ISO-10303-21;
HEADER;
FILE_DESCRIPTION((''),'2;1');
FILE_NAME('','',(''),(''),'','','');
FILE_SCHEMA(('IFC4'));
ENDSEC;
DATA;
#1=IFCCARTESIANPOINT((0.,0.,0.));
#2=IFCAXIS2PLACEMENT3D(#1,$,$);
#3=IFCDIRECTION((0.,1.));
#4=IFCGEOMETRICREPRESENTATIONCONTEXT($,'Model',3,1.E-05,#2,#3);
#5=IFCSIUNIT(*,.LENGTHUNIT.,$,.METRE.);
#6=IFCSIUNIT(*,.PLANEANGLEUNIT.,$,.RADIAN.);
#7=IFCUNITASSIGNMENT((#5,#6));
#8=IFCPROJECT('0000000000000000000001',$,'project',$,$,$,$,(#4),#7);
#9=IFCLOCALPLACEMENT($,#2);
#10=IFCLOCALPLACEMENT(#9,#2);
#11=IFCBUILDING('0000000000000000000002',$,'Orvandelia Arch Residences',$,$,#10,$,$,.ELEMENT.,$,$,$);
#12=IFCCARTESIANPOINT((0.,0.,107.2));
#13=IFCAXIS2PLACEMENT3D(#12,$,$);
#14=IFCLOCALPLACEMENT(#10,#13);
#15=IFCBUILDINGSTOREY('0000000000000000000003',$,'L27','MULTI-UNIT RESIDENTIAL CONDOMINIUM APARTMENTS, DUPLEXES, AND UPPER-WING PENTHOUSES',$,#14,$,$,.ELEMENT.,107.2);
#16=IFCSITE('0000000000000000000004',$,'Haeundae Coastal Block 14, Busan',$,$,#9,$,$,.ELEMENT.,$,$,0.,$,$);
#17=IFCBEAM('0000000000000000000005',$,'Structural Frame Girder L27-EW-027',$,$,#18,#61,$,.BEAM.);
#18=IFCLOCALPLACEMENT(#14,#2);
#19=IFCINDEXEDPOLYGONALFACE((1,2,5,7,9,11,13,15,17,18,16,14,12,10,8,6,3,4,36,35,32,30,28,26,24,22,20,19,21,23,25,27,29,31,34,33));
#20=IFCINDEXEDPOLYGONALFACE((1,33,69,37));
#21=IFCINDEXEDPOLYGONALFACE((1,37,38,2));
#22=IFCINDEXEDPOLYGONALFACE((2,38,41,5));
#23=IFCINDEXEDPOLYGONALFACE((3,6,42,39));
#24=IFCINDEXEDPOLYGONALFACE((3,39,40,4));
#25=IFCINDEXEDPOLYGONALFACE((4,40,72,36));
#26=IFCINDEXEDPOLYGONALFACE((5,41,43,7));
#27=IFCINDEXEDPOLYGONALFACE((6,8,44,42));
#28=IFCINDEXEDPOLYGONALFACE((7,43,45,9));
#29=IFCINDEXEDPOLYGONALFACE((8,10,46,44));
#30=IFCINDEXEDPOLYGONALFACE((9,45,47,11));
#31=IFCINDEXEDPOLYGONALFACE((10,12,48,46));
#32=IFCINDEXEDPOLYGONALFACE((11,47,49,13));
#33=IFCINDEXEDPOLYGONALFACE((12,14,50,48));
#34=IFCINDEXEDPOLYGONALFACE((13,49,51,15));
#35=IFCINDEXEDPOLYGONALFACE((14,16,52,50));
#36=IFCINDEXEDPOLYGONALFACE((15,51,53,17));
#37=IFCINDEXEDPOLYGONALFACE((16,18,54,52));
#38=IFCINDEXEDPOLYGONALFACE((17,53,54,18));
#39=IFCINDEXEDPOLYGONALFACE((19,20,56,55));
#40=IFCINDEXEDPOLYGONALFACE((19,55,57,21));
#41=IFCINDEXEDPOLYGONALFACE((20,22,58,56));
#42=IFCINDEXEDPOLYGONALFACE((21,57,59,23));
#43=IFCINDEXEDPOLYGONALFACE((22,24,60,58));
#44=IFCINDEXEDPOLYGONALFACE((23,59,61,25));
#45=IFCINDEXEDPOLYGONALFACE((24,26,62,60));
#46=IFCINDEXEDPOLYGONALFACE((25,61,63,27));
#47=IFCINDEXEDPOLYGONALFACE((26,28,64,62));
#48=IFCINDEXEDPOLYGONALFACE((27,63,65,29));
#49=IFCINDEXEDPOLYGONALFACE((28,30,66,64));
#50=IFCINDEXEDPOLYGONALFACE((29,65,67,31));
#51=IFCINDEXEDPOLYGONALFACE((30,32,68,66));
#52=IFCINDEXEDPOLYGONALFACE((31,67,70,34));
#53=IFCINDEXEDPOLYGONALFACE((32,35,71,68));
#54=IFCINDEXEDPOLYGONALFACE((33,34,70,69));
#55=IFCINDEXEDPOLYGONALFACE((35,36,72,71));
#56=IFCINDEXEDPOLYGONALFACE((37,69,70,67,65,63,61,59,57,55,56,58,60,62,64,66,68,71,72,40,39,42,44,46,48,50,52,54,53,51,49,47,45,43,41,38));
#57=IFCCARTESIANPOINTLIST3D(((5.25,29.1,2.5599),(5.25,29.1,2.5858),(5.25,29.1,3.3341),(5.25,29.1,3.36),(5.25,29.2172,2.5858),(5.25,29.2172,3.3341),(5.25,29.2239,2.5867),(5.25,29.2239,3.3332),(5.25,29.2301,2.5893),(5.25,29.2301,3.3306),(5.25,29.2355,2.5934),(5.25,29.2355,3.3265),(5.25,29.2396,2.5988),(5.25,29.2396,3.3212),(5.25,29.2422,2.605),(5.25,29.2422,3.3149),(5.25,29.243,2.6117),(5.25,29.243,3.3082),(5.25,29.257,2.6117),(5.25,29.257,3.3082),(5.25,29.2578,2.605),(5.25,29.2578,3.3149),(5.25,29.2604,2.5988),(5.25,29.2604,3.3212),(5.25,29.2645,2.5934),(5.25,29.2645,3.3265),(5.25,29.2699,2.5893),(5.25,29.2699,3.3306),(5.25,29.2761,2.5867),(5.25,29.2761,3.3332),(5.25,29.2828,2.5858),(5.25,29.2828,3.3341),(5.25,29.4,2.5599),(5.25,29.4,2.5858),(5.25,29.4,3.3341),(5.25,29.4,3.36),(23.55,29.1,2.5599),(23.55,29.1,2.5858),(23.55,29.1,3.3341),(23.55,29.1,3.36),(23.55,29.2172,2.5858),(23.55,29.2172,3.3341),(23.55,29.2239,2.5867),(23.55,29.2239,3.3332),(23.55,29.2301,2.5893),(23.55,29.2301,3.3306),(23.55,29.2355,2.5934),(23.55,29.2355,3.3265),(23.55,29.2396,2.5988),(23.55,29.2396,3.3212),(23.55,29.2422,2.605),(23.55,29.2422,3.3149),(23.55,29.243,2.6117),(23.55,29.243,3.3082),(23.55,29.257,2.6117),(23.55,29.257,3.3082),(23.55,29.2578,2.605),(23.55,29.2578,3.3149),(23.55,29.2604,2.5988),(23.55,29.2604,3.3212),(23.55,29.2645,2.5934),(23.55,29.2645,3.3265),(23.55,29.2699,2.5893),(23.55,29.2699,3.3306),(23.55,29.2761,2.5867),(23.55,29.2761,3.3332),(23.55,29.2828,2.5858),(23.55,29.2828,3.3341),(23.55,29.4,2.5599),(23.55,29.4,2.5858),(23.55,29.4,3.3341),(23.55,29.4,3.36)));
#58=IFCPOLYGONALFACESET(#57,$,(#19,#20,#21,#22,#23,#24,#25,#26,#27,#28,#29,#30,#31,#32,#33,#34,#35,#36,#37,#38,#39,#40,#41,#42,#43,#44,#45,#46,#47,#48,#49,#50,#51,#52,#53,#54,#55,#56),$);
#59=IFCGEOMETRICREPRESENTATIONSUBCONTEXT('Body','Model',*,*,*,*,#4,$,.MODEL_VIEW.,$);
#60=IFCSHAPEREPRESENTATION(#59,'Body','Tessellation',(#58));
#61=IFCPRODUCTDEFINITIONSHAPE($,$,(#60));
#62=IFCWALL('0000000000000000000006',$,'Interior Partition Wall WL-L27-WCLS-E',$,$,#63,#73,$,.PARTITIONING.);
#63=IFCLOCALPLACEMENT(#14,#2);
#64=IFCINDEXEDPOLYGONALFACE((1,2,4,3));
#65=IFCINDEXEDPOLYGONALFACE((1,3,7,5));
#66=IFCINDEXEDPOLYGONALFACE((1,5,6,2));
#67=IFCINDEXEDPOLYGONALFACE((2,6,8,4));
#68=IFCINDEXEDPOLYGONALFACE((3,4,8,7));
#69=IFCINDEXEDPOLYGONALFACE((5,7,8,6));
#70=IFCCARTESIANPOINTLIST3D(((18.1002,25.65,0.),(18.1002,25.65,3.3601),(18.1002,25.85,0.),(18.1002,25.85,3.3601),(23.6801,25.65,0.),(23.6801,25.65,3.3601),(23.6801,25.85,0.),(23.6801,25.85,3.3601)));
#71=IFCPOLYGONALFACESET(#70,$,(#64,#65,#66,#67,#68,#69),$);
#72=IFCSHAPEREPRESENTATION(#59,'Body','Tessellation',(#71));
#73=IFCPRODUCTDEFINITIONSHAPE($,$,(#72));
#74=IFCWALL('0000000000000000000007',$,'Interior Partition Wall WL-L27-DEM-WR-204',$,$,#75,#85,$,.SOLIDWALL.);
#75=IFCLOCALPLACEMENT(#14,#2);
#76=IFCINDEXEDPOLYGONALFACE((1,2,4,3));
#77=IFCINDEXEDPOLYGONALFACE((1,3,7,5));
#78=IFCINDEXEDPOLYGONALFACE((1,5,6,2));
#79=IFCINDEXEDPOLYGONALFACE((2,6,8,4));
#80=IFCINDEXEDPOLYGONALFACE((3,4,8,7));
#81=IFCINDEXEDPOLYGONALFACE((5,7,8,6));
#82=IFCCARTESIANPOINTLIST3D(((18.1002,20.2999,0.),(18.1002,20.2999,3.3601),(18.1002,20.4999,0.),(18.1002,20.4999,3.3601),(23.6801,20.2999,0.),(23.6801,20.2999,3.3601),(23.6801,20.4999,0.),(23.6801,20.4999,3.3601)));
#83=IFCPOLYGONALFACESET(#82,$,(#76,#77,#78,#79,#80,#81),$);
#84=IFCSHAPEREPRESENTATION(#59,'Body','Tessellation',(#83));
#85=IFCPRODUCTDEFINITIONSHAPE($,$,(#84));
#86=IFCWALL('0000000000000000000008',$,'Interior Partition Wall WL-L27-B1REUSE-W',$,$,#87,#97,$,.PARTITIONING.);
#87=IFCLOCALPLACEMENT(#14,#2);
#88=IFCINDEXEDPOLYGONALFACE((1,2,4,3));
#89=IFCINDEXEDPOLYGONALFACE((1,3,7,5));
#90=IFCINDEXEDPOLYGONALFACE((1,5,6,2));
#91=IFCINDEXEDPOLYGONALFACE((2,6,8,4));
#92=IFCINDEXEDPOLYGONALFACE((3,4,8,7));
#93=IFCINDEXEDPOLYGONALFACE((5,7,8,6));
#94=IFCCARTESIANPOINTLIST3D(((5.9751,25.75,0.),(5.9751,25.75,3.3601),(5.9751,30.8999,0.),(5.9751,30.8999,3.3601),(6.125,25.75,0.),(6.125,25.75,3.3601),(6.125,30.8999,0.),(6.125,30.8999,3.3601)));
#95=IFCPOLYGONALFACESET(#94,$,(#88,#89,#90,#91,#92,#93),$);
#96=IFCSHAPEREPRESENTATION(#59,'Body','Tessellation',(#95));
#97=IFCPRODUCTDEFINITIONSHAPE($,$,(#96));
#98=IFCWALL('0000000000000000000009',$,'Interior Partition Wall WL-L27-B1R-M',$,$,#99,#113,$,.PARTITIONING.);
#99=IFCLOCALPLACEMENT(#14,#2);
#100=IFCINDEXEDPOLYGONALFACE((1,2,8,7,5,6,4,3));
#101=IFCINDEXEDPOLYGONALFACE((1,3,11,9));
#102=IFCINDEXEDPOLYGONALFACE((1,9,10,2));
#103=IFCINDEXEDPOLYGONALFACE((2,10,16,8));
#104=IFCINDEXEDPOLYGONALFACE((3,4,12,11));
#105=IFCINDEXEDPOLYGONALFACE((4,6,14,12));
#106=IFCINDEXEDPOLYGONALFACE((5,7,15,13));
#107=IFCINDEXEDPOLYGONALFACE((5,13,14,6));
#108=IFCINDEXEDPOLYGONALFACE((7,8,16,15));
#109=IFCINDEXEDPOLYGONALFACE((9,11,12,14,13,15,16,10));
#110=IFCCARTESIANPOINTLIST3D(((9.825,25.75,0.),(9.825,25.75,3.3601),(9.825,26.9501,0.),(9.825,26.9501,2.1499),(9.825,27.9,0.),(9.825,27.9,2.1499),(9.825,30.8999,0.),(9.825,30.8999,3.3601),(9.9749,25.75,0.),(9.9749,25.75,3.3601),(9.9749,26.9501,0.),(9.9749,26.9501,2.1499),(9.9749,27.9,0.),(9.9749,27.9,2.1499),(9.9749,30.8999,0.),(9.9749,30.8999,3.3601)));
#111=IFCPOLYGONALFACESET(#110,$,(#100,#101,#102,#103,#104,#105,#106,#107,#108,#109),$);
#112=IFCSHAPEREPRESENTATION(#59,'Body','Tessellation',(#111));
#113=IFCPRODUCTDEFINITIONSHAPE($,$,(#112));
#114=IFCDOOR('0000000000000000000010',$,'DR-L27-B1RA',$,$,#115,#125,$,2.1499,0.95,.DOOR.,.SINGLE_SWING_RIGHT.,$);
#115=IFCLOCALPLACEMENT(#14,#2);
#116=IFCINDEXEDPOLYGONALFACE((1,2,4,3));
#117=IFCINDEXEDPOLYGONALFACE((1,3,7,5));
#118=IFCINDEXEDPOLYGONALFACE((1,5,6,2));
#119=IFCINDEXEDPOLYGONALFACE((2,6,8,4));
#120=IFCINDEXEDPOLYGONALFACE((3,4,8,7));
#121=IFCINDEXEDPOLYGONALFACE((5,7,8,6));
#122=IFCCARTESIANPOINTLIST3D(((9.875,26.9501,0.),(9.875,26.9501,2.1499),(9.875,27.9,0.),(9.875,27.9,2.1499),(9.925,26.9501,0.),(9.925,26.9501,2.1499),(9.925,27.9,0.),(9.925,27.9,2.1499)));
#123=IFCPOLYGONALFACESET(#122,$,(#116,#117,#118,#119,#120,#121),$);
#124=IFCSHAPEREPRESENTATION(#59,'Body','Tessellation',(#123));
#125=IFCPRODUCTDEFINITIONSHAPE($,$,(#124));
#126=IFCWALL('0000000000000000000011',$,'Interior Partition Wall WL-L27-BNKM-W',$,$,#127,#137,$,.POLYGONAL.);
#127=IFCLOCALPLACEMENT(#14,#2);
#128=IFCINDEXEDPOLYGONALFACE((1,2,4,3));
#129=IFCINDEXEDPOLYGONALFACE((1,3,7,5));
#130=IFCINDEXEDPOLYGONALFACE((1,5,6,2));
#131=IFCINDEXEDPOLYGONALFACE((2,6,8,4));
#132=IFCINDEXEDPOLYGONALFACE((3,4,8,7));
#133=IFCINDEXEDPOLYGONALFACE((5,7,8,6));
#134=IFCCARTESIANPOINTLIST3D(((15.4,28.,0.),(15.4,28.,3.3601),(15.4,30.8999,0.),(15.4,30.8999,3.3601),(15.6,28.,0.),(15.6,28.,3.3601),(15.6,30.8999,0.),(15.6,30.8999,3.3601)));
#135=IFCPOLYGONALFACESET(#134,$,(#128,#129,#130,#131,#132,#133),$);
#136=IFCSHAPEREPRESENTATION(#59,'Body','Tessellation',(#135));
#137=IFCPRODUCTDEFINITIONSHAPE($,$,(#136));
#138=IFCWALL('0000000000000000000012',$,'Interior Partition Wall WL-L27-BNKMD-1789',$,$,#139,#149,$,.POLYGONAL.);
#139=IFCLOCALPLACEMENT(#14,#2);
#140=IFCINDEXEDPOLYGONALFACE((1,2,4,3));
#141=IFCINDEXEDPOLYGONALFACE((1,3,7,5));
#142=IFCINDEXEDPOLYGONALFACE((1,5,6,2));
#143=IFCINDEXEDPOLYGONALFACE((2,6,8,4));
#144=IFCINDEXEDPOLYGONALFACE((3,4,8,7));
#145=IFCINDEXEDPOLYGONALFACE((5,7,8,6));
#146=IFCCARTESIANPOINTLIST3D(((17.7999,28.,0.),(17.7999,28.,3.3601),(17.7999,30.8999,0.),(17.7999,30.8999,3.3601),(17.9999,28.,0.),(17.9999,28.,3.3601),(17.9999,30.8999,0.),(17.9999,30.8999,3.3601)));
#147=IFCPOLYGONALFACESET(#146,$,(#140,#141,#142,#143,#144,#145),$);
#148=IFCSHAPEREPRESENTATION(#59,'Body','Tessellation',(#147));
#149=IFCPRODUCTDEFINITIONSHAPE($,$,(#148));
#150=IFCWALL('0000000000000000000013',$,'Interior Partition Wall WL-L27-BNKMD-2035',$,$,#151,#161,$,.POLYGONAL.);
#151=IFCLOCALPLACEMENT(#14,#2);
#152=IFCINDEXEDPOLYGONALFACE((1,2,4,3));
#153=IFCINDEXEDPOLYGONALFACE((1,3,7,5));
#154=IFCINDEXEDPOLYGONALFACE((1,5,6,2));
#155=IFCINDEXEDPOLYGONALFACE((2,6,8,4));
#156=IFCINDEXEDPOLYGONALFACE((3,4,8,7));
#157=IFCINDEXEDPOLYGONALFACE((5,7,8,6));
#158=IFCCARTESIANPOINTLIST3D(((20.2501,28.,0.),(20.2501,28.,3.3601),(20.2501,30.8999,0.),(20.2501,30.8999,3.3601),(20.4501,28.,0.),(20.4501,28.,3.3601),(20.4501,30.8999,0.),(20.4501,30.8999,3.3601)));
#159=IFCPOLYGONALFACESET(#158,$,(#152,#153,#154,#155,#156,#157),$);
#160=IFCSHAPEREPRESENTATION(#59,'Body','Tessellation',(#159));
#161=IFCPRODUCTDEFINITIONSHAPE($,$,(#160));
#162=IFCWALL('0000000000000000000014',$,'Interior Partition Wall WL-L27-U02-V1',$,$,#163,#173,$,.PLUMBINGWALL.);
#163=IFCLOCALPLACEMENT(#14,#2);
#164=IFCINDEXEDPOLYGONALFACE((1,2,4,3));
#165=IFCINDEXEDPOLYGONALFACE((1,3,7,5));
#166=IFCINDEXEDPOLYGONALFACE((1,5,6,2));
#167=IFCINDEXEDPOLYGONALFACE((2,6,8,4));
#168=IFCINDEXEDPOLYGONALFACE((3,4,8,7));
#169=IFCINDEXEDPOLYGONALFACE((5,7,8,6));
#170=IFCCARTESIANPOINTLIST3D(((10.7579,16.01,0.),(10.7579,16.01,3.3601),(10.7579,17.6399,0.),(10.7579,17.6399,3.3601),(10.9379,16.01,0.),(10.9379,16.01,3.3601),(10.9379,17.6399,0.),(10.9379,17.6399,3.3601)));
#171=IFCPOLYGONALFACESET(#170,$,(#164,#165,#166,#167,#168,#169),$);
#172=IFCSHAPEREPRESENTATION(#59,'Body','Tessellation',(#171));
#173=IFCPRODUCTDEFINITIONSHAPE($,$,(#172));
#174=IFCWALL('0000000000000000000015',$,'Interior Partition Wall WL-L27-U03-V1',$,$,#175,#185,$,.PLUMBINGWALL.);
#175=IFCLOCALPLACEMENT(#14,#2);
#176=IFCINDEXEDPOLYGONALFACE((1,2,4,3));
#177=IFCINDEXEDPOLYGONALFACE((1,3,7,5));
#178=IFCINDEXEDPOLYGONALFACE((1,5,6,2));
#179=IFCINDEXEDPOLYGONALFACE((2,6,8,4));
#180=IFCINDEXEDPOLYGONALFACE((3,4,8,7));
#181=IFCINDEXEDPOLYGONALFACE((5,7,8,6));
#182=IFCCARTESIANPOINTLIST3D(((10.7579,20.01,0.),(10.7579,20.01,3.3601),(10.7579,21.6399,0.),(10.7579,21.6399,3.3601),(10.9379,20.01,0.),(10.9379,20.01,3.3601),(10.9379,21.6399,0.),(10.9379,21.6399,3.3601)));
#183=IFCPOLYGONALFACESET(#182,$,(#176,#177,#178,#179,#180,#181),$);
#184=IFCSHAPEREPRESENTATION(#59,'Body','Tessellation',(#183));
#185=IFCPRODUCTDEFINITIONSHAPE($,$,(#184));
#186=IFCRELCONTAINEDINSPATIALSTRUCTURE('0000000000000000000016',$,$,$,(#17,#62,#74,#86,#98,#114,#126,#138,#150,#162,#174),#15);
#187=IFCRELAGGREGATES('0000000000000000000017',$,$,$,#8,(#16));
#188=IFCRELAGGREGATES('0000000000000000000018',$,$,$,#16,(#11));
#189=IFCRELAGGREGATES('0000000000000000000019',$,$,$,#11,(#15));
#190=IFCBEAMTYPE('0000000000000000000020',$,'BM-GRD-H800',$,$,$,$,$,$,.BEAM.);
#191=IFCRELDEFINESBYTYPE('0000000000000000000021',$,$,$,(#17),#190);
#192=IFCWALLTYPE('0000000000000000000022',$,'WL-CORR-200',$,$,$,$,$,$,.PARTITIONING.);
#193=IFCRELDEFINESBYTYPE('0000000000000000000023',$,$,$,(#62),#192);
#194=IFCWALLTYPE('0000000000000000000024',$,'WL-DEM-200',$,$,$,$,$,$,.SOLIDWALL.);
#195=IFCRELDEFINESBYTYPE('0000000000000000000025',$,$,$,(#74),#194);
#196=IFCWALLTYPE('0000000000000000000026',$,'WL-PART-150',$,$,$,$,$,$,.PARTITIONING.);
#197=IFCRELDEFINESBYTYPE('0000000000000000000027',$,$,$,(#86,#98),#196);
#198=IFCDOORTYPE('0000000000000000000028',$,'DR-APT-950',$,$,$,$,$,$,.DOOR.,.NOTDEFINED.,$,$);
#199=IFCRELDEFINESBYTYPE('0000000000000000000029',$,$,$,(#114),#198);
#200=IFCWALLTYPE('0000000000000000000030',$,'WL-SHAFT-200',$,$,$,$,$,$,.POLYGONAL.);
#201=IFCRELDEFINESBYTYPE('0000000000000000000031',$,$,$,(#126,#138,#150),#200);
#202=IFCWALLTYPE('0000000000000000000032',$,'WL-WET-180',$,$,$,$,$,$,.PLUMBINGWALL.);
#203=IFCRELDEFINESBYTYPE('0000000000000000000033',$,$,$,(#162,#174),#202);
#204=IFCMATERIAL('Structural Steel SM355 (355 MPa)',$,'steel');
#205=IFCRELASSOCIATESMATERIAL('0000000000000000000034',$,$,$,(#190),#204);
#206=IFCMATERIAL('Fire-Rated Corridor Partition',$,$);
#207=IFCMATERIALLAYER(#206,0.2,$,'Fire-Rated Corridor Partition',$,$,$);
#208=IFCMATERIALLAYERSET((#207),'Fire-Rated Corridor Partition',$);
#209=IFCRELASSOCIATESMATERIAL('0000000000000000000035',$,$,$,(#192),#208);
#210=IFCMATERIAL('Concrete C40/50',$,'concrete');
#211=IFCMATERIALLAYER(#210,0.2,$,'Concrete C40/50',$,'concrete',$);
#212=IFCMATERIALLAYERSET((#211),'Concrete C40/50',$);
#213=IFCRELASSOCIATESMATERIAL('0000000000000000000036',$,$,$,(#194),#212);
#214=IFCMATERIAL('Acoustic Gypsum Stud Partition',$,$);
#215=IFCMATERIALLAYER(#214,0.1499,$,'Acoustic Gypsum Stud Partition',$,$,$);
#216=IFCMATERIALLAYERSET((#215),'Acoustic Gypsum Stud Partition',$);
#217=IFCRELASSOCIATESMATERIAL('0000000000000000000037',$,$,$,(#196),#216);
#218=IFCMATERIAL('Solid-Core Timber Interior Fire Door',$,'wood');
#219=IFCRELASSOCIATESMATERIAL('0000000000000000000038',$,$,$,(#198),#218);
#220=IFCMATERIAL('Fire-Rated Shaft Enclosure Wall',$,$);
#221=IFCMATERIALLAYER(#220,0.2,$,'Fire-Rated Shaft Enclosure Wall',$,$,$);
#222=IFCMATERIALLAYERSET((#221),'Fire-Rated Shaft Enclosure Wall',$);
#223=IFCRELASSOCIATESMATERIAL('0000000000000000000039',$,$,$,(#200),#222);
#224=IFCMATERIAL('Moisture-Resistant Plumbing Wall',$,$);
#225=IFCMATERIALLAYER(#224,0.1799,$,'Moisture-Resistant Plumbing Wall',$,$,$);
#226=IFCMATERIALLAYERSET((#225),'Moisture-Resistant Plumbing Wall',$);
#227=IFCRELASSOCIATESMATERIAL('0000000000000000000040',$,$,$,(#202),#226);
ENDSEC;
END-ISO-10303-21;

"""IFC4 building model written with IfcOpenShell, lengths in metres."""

from ifc_helpers import new_model, si_unit, direction, frame, frame_2d, origin, origin_2d, place, context, subcontext, project, spatial, rectangle, i_section, extrude, material, layer, layer_set, material_profile, profile_set, type_object, element, fill, save


model = new_model("IFC4")

# Units and contexts
model_context = context("Model", 3, precision=1e-05, world=origin(), true_north=direction((0.0, 1.0)))
body_context = subcontext(model_context, "Body", "Model", "MODEL_VIEW")
ifc_project = project(units=[si_unit("LENGTHUNIT", "METRE"), si_unit("PLANEANGLEUNIT", "RADIAN")], contexts=[model_context])

# Site, building, storey
site_placement = place(None, origin())
site = spatial("IfcSite", under=ifc_project, at=site_placement, Name="Haeundae Coastal Block 14, Busan", CompositionType="ELEMENT", RefElevation=0.0)
building_placement = place(site_placement, origin())
building = spatial("IfcBuilding", under=site, at=building_placement, Name="Orvandelia Arch Residences", CompositionType="ELEMENT")
storey_placement = place(building_placement, frame((0.0, 0.0, 107.2)))
storey = spatial("IfcBuildingStorey", under=building, at=storey_placement, Name="L27", Description="MULTI-UNIT RESIDENTIAL CONDOMINIUM APARTMENTS, DUPLEXES, AND UPPER-WING PENTHOUSES", CompositionType="ELEMENT", Elevation=107.2)

# Beam
ifc_material_1 = material(Name="Structural Steel SM355 (355 MPa)", Category="steel")
ifc_material_profile = material_profile(ifc_material_1, i_section(OverallWidth=0.3, OverallDepth=0.8, WebThickness=0.0139, FlangeThickness=0.0259, FilletRadius=0.0259, at=origin_2d()), Name="Structural Steel SM355 (355 MPa)", Category="steel")
ifc_profile_set = profile_set([ifc_material_profile], Name="Structural Steel SM355 (355 MPa)")
beam_type = type_object("IfcBeamType", Name="BM-GRD-H800", PredefinedType="BEAM", material=ifc_profile_set)
beam_placement = place(storey_placement, frame((5.25, 29.25, 2.96), z_axis=(1.0, 0.0, 0.0), x_axis=(0.0, 1.0, 0.0)))
element("IfcBeam", 1, at=beam_placement, inside=storey, type_object=beam_type, Name="Structural Frame Girder L27-EW-027", PredefinedType="BEAM", context=body_context, shape_type="SweptSolid", body=[
    extrude(i_section(OverallWidth=0.3, OverallDepth=0.8, WebThickness=0.0139, FlangeThickness=0.0259, FilletRadius=0.0259, at=origin_2d()), origin(), (0.0, 0.0, 1.0), 18.3),
])

# Walls
ifc_material_2 = material(Name="Fire-Rated Corridor Partition")
ifc_layer_1 = layer(ifc_material_2, 0.2, Name="Fire-Rated Corridor Partition")
ifc_layer_set_1 = layer_set([ifc_layer_1], Name="Fire-Rated Corridor Partition")
wall_type_1 = type_object("IfcWallType", Name="WL-CORR-200", PredefinedType="PARTITIONING", material=ifc_layer_set_1)
wall_1_placement = place(storey_placement, frame((18.1001, 25.75, 0.0), z_axis=(0.0, 0.0, 1.0), x_axis=(1.0, 0.0, 0.0)))
element("IfcWall", 2, at=wall_1_placement, inside=storey, type_object=wall_type_1, Name="Interior Partition Wall WL-L27-WCLS-E", PredefinedType="PARTITIONING", context=body_context, shape_type="SweptSolid", body=[
    extrude(rectangle(XDim=5.5798, YDim=0.2, at=frame_2d((2.79, 0.0))), origin(), (0.0, 0.0, 1.0), 3.3601),
])
ifc_material_3 = material(Name="Concrete C40/50", Category="concrete")
ifc_layer_2 = layer(ifc_material_3, 0.2, Name="Concrete C40/50", Category="concrete")
ifc_layer_set_2 = layer_set([ifc_layer_2], Name="Concrete C40/50")
wall_type_2 = type_object("IfcWallType", Name="WL-DEM-200", PredefinedType="SOLIDWALL", material=ifc_layer_set_2)
wall_2_placement = place(storey_placement, frame((18.1001, 20.3999, 0.0), z_axis=(0.0, 0.0, 1.0), x_axis=(1.0, 0.0, 0.0)))
element("IfcWall", 3, at=wall_2_placement, inside=storey, type_object=wall_type_2, Name="Interior Partition Wall WL-L27-DEM-WR-204", PredefinedType="SOLIDWALL", context=body_context, shape_type="SweptSolid", body=[
    extrude(rectangle(XDim=5.5798, YDim=0.2, at=frame_2d((2.79, 0.0))), origin(), (0.0, 0.0, 1.0), 3.3601),
])
ifc_material_4 = material(Name="Acoustic Gypsum Stud Partition")
ifc_layer_3 = layer(ifc_material_4, 0.1499, Name="Acoustic Gypsum Stud Partition")
ifc_layer_set_3 = layer_set([ifc_layer_3], Name="Acoustic Gypsum Stud Partition")
wall_type_3 = type_object("IfcWallType", Name="WL-PART-150", PredefinedType="PARTITIONING", material=ifc_layer_set_3)
wall_3_placement = place(storey_placement, frame((6.05, 25.75, 0.0), z_axis=(0.0, 0.0, 1.0), x_axis=(0.0, 1.0, 0.0)))
element("IfcWall", 4, at=wall_3_placement, inside=storey, type_object=wall_type_3, Name="Interior Partition Wall WL-L27-B1REUSE-W", PredefinedType="PARTITIONING", context=body_context, shape_type="SweptSolid", body=[
    extrude(rectangle(XDim=5.1499, YDim=0.1499, at=frame_2d((2.575, 0.0))), origin(), (0.0, 0.0, 1.0), 3.3601),
])

# Wall, opening, door
wall_4_placement = place(storey_placement, frame((9.8999, 25.75, 0.0), z_axis=(0.0, 0.0, 1.0), x_axis=(0.0, 1.0, 0.0)))
wall_4 = element("IfcWall", 5, at=wall_4_placement, inside=storey, type_object=wall_type_3, Name="Interior Partition Wall WL-L27-B1R-M", PredefinedType="PARTITIONING", context=body_context, shape_type="SweptSolid", body=[
    extrude(rectangle(XDim=5.1499, YDim=0.1499, at=frame_2d((2.575, 0.0))), origin(), (0.0, 0.0, 1.0), 3.3601),
])
opening_1_placement = place(wall_4_placement, frame((1.2, 0.0, 0.0)))
opening_1 = element("IfcOpeningElement", 6, at=opening_1_placement, cuts=wall_4, PredefinedType="OPENING", context=body_context, shape_type="SweptSolid", body=[
    extrude(rectangle(XDim=0.95, YDim=2.1499, at=frame_2d((0.4751, 1.075))), frame((0.0, 0.085, 0.0), z_axis=(0.0, -1.0, 0.0), x_axis=(1.0, 0.0, 0.0)), (0.0, 0.0, 1.0), 0.1699),
])
ifc_material_5 = material(Name="Solid-Core Timber Interior Fire Door", Category="wood")
door_type_1 = type_object("IfcDoorType", Name="DR-APT-950", OperationType="NOTDEFINED", PredefinedType="DOOR", material=ifc_material_5)
door_1_placement = place(opening_1_placement, origin())
door_1 = element("IfcDoor", 7, at=door_1_placement, inside=storey, type_object=door_type_1, Name="DR-L27-B1RA", OperationType="SINGLE_SWING_RIGHT", OverallHeight=2.1499, OverallWidth=0.95, PredefinedType="DOOR", context=body_context, shape_type="SweptSolid", body=[
    extrude(rectangle(XDim=0.95, YDim=2.1499, at=frame_2d((0.4751, 1.075))), frame((0.0, 0.0249, 0.0), z_axis=(0.0, -1.0, 0.0), x_axis=(1.0, 0.0, 0.0)), (0.0, 0.0, 1.0), 0.05),
])
fill(opening_1, door_1)
ifc_material_6 = material(Name="Fire-Rated Shaft Enclosure Wall")
ifc_layer_4 = layer(ifc_material_6, 0.2, Name="Fire-Rated Shaft Enclosure Wall")
ifc_layer_set_4 = layer_set([ifc_layer_4], Name="Fire-Rated Shaft Enclosure Wall")
wall_type_4 = type_object("IfcWallType", Name="WL-SHAFT-200", PredefinedType="POLYGONAL", material=ifc_layer_set_4)

# Walls
for number, where, z_axis, x_axis, name in (
    (8, (15.5, 28.0, 0.0), (0.0, 0.0, 1.0), (0.0, 1.0, 0.0), "Interior Partition Wall WL-L27-BNKM-W"),
    (9, (17.8999, 28.0, 0.0), (0.0, 0.0, 1.0), (0.0, 1.0, 0.0), "Interior Partition Wall WL-L27-BNKMD-1789"),
    (10, (20.3501, 28.0, 0.0), (0.0, 0.0, 1.0), (0.0, 1.0, 0.0), "Interior Partition Wall WL-L27-BNKMD-2035"),
):
    element("IfcWall", number, at=place(storey_placement, frame(where, z_axis=z_axis, x_axis=x_axis)), inside=storey, type_object=wall_type_4, Name=name, PredefinedType="POLYGONAL", context=body_context, shape_type="SweptSolid", body=[
        extrude(rectangle(XDim=2.8999, YDim=0.2, at=frame_2d((1.45, 0.0))), origin(), (0.0, 0.0, 1.0), 3.3601),
    ])
ifc_material_7 = material(Name="Moisture-Resistant Plumbing Wall")
ifc_layer_5 = layer(ifc_material_7, 0.1799, Name="Moisture-Resistant Plumbing Wall")
ifc_layer_set_5 = layer_set([ifc_layer_5], Name="Moisture-Resistant Plumbing Wall")
wall_type_5 = type_object("IfcWallType", Name="WL-WET-180", PredefinedType="PLUMBINGWALL", material=ifc_layer_set_5)
for number, where, z_axis, x_axis, name in (
    (11, (10.8479, 16.01, 0.0), (0.0, 0.0, 1.0), (0.0, 1.0, 0.0), "Interior Partition Wall WL-L27-U02-V1"),
    (12, (10.8479, 20.01, 0.0), (0.0, 0.0, 1.0), (0.0, 1.0, 0.0), "Interior Partition Wall WL-L27-U03-V1"),
):
    element("IfcWall", number, at=place(storey_placement, frame(where, z_axis=z_axis, x_axis=x_axis)), inside=storey, type_object=wall_type_5, Name=name, PredefinedType="PLUMBINGWALL", context=body_context, shape_type="SweptSolid", body=[
        extrude(rectangle(XDim=1.6299, YDim=0.1799, at=frame_2d((0.8149, 0.0))), origin(), (0.0, 0.0, 1.0), 3.3601),
    ])

save(model, "model.ifc")
